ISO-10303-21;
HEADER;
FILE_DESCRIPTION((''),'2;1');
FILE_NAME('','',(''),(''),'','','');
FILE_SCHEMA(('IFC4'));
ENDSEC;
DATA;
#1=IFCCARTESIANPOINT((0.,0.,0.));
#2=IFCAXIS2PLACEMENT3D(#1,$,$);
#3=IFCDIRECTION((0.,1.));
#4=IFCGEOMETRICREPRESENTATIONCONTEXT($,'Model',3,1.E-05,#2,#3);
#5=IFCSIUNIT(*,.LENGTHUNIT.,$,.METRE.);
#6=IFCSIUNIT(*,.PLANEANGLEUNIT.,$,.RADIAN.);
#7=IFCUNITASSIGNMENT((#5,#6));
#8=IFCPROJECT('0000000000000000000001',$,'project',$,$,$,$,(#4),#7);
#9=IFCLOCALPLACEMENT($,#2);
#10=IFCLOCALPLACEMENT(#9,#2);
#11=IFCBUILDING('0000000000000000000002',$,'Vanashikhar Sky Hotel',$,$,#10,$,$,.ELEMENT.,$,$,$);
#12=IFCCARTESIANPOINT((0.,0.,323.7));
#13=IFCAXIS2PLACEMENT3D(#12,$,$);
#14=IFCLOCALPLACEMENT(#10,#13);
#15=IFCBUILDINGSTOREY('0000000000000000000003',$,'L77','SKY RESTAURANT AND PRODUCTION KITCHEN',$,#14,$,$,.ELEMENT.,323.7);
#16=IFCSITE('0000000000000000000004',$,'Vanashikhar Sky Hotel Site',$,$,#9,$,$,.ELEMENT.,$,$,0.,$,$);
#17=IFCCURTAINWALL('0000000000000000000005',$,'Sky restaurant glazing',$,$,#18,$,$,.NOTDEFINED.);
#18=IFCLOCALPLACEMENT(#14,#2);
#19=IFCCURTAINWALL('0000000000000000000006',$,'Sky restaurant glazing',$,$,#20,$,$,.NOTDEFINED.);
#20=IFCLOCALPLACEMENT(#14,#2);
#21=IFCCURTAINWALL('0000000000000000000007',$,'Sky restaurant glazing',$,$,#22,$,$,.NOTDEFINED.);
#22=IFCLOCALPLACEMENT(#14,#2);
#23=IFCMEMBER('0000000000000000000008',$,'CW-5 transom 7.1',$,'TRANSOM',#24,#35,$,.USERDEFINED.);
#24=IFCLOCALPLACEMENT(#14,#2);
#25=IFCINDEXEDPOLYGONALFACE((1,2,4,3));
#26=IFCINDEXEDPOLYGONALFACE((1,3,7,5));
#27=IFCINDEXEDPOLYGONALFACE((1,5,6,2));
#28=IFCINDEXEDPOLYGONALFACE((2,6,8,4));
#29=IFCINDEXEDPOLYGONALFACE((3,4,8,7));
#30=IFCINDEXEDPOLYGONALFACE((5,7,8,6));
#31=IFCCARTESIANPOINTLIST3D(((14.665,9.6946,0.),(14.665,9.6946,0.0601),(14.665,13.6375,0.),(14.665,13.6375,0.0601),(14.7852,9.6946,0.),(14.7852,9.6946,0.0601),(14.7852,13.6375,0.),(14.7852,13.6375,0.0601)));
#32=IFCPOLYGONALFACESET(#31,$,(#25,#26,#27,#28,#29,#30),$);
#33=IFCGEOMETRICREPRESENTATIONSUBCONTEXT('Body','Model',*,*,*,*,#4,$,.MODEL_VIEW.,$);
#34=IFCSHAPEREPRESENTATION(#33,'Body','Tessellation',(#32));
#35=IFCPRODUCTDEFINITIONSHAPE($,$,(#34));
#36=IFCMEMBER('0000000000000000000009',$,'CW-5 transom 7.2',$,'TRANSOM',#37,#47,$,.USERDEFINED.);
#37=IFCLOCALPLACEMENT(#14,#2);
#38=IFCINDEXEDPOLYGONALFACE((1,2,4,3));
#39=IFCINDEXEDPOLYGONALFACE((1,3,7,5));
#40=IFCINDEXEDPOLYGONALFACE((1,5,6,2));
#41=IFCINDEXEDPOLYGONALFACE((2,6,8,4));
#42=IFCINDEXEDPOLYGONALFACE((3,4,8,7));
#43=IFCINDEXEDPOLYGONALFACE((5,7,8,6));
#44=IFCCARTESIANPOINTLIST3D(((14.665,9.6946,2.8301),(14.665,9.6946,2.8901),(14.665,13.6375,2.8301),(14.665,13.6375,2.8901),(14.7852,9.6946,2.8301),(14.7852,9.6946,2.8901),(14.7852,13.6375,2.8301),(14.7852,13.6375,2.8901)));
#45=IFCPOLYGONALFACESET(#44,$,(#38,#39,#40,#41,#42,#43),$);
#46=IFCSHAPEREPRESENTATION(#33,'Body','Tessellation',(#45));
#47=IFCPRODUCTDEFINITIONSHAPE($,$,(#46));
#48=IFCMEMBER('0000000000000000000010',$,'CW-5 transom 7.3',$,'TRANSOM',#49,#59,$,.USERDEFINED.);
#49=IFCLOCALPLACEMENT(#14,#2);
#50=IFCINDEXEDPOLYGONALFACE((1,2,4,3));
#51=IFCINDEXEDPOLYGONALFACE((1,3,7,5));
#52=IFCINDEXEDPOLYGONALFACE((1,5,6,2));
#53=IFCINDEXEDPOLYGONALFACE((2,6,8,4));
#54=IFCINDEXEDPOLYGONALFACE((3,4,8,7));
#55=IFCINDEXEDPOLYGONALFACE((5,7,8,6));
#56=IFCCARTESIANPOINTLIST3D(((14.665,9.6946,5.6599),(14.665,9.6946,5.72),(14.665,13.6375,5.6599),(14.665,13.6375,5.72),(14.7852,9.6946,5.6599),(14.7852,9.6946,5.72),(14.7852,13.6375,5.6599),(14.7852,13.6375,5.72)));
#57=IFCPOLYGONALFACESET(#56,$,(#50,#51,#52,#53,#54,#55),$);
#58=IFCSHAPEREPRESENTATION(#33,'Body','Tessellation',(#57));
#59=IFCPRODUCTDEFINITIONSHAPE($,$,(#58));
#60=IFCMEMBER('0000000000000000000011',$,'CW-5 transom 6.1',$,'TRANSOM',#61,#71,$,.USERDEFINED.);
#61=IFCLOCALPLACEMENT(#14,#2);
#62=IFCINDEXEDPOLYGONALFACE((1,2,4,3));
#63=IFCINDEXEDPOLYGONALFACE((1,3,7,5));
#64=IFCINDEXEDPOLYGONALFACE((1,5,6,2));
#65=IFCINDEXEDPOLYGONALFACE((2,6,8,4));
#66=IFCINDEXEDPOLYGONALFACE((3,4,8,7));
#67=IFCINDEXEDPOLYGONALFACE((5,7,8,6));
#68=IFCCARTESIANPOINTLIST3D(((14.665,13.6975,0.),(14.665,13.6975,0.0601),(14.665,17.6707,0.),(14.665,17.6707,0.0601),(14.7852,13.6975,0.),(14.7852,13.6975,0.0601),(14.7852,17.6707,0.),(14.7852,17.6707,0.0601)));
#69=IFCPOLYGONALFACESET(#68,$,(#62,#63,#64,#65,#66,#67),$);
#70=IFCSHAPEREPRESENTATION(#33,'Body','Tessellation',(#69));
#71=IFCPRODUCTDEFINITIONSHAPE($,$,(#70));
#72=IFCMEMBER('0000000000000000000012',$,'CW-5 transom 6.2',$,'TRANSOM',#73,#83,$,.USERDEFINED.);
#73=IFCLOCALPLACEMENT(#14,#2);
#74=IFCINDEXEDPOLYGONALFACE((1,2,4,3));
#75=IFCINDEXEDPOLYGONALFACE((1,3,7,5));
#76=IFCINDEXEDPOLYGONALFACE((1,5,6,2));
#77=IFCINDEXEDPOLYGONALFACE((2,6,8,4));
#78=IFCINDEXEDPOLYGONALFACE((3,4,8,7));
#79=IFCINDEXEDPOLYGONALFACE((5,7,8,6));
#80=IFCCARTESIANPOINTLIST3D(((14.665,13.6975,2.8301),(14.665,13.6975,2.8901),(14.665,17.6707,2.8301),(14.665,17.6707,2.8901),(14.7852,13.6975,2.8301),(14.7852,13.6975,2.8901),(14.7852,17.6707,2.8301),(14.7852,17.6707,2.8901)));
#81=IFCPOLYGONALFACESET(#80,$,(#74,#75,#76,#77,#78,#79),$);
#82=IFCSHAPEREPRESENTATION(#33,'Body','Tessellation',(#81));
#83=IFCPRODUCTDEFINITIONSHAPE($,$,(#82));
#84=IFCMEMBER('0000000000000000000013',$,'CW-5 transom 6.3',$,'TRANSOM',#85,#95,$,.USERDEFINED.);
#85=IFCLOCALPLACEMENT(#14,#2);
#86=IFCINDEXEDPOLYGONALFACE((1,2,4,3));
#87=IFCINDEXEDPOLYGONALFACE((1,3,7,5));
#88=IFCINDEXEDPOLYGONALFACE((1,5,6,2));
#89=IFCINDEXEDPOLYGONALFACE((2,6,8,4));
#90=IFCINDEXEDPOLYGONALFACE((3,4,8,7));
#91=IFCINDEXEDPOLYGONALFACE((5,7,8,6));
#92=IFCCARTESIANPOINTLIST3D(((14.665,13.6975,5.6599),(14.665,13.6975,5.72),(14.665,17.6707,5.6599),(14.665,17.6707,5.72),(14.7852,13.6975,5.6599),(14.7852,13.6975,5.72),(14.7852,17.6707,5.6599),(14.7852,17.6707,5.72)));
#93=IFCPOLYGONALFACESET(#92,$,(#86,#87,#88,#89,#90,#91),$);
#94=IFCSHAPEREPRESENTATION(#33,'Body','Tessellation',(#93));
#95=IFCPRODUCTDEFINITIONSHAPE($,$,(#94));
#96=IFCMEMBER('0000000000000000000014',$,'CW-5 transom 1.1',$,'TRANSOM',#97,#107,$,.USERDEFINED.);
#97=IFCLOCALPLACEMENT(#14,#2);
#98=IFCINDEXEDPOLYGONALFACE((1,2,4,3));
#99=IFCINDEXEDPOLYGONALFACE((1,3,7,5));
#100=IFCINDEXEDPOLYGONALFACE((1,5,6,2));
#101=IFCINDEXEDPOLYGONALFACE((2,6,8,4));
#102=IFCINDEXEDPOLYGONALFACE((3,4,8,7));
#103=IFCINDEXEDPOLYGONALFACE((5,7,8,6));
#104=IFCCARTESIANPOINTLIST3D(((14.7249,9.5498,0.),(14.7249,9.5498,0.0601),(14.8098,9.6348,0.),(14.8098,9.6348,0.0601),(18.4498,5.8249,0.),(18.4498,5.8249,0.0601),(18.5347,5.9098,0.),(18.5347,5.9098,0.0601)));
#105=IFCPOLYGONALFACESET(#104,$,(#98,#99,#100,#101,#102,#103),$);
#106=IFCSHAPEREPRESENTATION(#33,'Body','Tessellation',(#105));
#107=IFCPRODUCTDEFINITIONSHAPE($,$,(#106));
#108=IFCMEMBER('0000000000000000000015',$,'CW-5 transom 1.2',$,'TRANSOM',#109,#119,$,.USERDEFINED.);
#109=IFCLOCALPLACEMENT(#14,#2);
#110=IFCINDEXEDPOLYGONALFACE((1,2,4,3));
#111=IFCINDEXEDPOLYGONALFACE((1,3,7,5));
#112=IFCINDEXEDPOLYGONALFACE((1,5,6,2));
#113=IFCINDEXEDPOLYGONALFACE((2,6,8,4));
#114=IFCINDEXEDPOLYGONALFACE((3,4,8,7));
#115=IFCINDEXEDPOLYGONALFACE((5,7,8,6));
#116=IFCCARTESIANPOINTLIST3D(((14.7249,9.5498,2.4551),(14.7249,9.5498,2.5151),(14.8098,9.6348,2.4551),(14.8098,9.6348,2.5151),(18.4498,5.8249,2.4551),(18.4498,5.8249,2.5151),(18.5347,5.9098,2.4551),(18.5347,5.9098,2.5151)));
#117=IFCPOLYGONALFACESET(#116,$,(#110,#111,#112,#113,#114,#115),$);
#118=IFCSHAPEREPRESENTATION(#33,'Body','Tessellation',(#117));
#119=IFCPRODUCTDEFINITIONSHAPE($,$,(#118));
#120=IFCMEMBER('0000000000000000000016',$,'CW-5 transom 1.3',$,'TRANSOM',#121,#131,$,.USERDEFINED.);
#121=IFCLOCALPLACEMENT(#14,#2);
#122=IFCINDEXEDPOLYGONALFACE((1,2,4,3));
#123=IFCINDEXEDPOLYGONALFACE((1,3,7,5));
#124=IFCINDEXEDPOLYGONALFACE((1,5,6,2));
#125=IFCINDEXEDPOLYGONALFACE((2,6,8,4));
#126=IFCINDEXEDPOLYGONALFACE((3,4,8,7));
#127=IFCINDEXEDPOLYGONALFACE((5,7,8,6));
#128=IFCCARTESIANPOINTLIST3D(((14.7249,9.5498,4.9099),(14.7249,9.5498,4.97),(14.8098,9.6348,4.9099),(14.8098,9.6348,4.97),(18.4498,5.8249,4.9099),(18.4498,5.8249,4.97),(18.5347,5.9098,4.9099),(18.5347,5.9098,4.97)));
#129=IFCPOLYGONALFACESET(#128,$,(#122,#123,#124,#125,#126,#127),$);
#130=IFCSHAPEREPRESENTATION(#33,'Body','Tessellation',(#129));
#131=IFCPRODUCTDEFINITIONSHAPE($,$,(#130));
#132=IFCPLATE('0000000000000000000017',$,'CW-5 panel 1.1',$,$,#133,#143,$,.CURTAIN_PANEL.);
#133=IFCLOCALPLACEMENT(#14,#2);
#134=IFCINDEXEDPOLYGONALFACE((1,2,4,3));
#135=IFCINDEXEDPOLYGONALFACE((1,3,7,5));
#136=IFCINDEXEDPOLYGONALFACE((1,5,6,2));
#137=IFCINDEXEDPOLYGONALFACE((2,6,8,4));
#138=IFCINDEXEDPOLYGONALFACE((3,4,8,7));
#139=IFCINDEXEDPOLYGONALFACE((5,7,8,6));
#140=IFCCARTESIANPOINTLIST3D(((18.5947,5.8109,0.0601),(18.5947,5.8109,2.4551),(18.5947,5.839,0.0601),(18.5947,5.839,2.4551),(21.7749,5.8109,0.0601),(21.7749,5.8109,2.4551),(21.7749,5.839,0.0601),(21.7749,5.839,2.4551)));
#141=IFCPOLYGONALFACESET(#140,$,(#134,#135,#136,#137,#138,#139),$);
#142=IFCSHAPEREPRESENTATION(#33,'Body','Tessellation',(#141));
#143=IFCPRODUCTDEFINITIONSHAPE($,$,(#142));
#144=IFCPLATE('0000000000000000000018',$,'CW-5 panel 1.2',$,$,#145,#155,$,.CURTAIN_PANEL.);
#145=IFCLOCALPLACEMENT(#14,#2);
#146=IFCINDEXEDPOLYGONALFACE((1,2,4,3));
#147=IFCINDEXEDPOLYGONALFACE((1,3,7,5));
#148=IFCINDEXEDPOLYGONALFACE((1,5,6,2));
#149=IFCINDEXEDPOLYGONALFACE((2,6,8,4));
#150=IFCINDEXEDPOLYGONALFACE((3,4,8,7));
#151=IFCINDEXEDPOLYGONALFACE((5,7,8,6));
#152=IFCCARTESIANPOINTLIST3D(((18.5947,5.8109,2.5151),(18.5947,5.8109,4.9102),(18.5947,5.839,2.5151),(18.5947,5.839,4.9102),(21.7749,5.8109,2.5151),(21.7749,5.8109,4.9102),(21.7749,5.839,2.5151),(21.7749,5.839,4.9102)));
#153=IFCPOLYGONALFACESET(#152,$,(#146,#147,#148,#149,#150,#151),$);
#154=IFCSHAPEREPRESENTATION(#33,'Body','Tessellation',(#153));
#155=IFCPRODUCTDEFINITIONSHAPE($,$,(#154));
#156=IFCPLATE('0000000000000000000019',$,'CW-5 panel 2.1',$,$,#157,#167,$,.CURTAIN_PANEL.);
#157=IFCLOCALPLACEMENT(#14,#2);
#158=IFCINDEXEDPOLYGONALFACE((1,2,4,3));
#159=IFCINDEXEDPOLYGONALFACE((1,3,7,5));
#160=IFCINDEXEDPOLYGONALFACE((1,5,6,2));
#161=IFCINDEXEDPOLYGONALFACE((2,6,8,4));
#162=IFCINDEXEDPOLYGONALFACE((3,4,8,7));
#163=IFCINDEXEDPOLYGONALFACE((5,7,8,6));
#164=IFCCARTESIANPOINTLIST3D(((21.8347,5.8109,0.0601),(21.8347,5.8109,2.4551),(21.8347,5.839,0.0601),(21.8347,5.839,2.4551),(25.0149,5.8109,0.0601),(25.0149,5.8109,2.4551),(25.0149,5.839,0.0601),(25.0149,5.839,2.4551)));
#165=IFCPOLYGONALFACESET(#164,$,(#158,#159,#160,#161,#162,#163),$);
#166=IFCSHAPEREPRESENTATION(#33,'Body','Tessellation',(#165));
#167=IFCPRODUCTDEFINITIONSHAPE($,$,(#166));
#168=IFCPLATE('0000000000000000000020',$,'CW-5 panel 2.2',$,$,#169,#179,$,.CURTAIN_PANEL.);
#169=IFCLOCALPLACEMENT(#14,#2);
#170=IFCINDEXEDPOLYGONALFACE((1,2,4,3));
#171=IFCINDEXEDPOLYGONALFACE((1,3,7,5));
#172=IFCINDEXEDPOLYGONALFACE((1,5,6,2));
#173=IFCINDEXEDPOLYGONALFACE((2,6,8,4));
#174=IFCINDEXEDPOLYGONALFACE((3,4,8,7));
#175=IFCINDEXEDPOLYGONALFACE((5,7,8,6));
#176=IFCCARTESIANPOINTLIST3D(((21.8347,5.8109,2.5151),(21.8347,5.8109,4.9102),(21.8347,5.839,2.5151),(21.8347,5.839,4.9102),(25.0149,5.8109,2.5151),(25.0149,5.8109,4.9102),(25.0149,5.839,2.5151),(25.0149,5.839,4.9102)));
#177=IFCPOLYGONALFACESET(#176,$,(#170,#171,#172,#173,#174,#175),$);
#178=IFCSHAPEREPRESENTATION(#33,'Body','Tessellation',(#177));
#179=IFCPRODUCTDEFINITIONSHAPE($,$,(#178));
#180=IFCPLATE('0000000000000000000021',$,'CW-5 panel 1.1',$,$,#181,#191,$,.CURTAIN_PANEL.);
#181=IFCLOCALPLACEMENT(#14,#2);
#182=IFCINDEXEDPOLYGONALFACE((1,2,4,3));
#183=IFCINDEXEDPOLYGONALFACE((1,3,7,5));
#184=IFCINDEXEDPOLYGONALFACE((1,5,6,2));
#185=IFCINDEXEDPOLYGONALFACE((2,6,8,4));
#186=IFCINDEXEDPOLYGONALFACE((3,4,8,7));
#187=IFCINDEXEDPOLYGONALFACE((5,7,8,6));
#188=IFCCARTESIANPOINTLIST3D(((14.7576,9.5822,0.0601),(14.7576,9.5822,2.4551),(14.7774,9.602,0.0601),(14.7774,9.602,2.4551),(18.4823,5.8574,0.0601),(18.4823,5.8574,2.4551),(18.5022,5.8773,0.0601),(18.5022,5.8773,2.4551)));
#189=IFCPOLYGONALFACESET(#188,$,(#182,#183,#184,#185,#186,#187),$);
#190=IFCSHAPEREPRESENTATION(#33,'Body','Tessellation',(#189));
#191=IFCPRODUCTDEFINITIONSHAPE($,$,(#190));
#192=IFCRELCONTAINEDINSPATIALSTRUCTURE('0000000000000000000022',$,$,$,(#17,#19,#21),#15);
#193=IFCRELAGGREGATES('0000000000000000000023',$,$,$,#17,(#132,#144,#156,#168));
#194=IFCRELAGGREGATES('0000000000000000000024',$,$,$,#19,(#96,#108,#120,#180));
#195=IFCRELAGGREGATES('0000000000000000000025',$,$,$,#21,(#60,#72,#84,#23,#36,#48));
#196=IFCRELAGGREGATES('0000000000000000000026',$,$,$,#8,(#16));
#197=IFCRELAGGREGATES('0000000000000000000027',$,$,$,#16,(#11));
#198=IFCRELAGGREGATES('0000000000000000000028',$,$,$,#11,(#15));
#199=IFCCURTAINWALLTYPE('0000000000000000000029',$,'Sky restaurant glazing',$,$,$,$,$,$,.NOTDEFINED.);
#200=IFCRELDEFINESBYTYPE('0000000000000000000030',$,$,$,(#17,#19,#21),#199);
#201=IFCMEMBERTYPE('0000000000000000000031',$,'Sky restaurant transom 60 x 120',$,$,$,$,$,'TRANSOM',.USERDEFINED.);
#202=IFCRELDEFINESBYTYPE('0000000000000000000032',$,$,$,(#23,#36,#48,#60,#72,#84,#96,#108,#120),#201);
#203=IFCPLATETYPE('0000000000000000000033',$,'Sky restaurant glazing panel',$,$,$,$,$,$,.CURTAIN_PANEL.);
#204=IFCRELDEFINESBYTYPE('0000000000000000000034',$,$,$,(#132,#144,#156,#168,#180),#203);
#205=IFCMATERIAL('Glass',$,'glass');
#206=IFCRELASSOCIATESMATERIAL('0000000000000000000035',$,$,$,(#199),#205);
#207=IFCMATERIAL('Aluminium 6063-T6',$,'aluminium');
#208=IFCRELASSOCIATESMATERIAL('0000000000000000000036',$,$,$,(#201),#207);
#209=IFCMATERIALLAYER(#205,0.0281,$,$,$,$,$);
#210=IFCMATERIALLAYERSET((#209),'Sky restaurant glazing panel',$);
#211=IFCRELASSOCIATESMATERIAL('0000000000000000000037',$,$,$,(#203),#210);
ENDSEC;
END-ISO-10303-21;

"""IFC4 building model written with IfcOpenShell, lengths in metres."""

from ifc_helpers import new_model, si_unit, direction, frame, origin, origin_2d, place, context, subcontext, project, spatial, rectangle, extrude, source, transform, mapped, material, layer, layer_set, material_profile, profile_set, type_object, element, aggregate, save


model = new_model("IFC4")

# Units and contexts
model_context = context("Model", 3, precision=1e-05, world=origin(), true_north=direction((0.0, 1.0)))
body_context = subcontext(model_context, "Body", "Model", "MODEL_VIEW")
ifc_project = project(units=[si_unit("LENGTHUNIT", "METRE"), si_unit("PLANEANGLEUNIT", "RADIAN")], contexts=[model_context])

# Site, building, storey
site_placement = place(None, origin())
site = spatial("IfcSite", under=ifc_project, at=site_placement, Name="Vanashikhar Sky Hotel Site", CompositionType="ELEMENT", RefElevation=0.0)
building_placement = place(site_placement, origin())
building = spatial("IfcBuilding", under=site, at=building_placement, Name="Vanashikhar Sky Hotel", CompositionType="ELEMENT")
storey_placement = place(building_placement, frame((0.0, 0.0, 323.7)))
storey = spatial("IfcBuildingStorey", under=building, at=storey_placement, Name="L77", Description="SKY RESTAURANT AND PRODUCTION KITCHEN", CompositionType="ELEMENT", Elevation=323.7)

# Curtain walls
ifc_material_1 = material(Name="Glass", Category="glass")
curtain_wall_type = type_object("IfcCurtainWallType", Name="Sky restaurant glazing", PredefinedType="NOTDEFINED", material=ifc_material_1)
curtain_wall_1_placement = place(storey_placement, origin())
curtain_wall_1 = element("IfcCurtainWall", 1, at=curtain_wall_1_placement, inside=storey, type_object=curtain_wall_type, Name="Sky restaurant glazing", PredefinedType="NOTDEFINED")
ifc_material_2 = material(Name="Aluminium 6063-T6", Category="aluminium")
curtain_wall_2_placement = place(storey_placement, origin())
curtain_wall_2 = element("IfcCurtainWall", 2, at=curtain_wall_2_placement, inside=storey, type_object=curtain_wall_type, Name="Sky restaurant glazing", PredefinedType="NOTDEFINED")

# Shared definitions
ifc_material_profile_1 = material_profile(ifc_material_2, rectangle(XDim=0.1201, YDim=0.0601, at=origin_2d()))
ifc_profile_set_1 = profile_set([ifc_material_profile_1], Name="Aluminium 6063-T6")
member_type_1 = type_object("IfcMemberType", Name="Sky restaurant transom 60 x 120", ElementType="TRANSOM", PredefinedType="USERDEFINED", material=ifc_profile_set_1)

# Curtain wall, members
curtain_wall_3_placement = place(storey_placement, origin())
curtain_wall_3 = element("IfcCurtainWall", 3, at=curtain_wall_3_placement, inside=storey, type_object=curtain_wall_type, Name="Sky restaurant glazing", PredefinedType="NOTDEFINED")
shared_shape_1 = source(origin(), body_context, "Body", "SweptSolid", [
    extrude(rectangle(XDim=0.1201, YDim=0.0601, at=origin_2d()), origin(), (0.0, 0.0, 1.0), 3.9429),
])
member_1_placement = place(storey_placement, frame((14.7251, 13.6375, 0.03), z_axis=(0.0, -1.0, 0.0), x_axis=(1.0, 0.0, 0.0)))
member_1 = element("IfcMember", 4, at=member_1_placement, type_object=member_type_1, Name="CW-5 transom 7.1", ObjectType="TRANSOM", PredefinedType="USERDEFINED", context=body_context, shape_type="MappedRepresentation", body=[
    mapped(shared_shape_1, transform((0.0, 0.0, 0.0), scale=1.0)),
])
member_2_placement = place(storey_placement, frame((14.7251, 13.6375, 2.8601), z_axis=(0.0, -1.0, 0.0), x_axis=(1.0, 0.0, 0.0)))
member_2 = element("IfcMember", 5, at=member_2_placement, type_object=member_type_1, Name="CW-5 transom 7.2", ObjectType="TRANSOM", PredefinedType="USERDEFINED", context=body_context, shape_type="MappedRepresentation", body=[
    mapped(shared_shape_1, transform((0.0, 0.0, 0.0), scale=1.0)),
])
member_3_placement = place(storey_placement, frame((14.7251, 13.6375, 5.6899), z_axis=(0.0, -1.0, 0.0), x_axis=(1.0, 0.0, 0.0)))
member_3 = element("IfcMember", 6, at=member_3_placement, type_object=member_type_1, Name="CW-5 transom 7.3", ObjectType="TRANSOM", PredefinedType="USERDEFINED", context=body_context, shape_type="MappedRepresentation", body=[
    mapped(shared_shape_1, transform((0.0, 0.0, 0.0), scale=1.0)),
])
shared_shape_2 = source(origin(), body_context, "Body", "SweptSolid", [
    extrude(rectangle(XDim=0.1201, YDim=0.0601, at=origin_2d()), origin(), (0.0, 0.0, 1.0), 3.9731),
])
member_4_placement = place(storey_placement, frame((14.7251, 17.6707, 0.03), z_axis=(0.0, -1.0, 0.0), x_axis=(1.0, 0.0, 0.0)))
member_4 = element("IfcMember", 7, at=member_4_placement, type_object=member_type_1, Name="CW-5 transom 6.1", ObjectType="TRANSOM", PredefinedType="USERDEFINED", context=body_context, shape_type="MappedRepresentation", body=[
    mapped(shared_shape_2, transform((0.0, 0.0, 0.0), scale=1.0)),
])
member_5_placement = place(storey_placement, frame((14.7251, 17.6707, 2.8601), z_axis=(0.0, -1.0, 0.0), x_axis=(1.0, 0.0, 0.0)))
member_5 = element("IfcMember", 8, at=member_5_placement, type_object=member_type_1, Name="CW-5 transom 6.2", ObjectType="TRANSOM", PredefinedType="USERDEFINED", context=body_context, shape_type="MappedRepresentation", body=[
    mapped(shared_shape_2, transform((0.0, 0.0, 0.0), scale=1.0)),
])
member_6_placement = place(storey_placement, frame((14.7251, 17.6707, 5.6899), z_axis=(0.0, -1.0, 0.0), x_axis=(1.0, 0.0, 0.0)))
member_6 = element("IfcMember", 9, at=member_6_placement, type_object=member_type_1, Name="CW-5 transom 6.3", ObjectType="TRANSOM", PredefinedType="USERDEFINED", context=body_context, shape_type="MappedRepresentation", body=[
    mapped(shared_shape_2, transform((0.0, 0.0, 0.0), scale=1.0)),
])

# Members
shared_shape_3 = source(origin(), body_context, "Body", "SweptSolid", [
    extrude(rectangle(XDim=0.1201, YDim=0.0601, at=origin_2d()), origin(), (0.0, 0.0, 1.0), 5.2678),
])
member_7_placement = place(storey_placement, frame((14.7673, 9.5923, 0.03), z_axis=(0.707107, -0.707107, 0.0), x_axis=(0.707107, 0.707107, 0.0)))
member_7 = element("IfcMember", 10, at=member_7_placement, type_object=member_type_1, Name="CW-5 transom 1.1", ObjectType="TRANSOM", PredefinedType="USERDEFINED", context=body_context, shape_type="MappedRepresentation", body=[
    mapped(shared_shape_3, transform((0.0, 0.0, 0.0), scale=1.0)),
])
member_8_placement = place(storey_placement, frame((14.7673, 9.5923, 2.4851), z_axis=(0.707107, -0.707107, 0.0), x_axis=(0.707107, 0.707107, 0.0)))
member_8 = element("IfcMember", 11, at=member_8_placement, type_object=member_type_1, Name="CW-5 transom 1.2", ObjectType="TRANSOM", PredefinedType="USERDEFINED", context=body_context, shape_type="MappedRepresentation", body=[
    mapped(shared_shape_3, transform((0.0, 0.0, 0.0), scale=1.0)),
])
member_9_placement = place(storey_placement, frame((14.7673, 9.5923, 4.9399), z_axis=(0.707107, -0.707107, 0.0), x_axis=(0.707107, 0.707107, 0.0)))
member_9 = element("IfcMember", 12, at=member_9_placement, type_object=member_type_1, Name="CW-5 transom 1.3", ObjectType="TRANSOM", PredefinedType="USERDEFINED", context=body_context, shape_type="MappedRepresentation", body=[
    mapped(shared_shape_3, transform((0.0, 0.0, 0.0), scale=1.0)),
])

# Plates
ifc_layer_1 = layer(ifc_material_1, 0.0281)
ifc_layer_set_1 = layer_set([ifc_layer_1], Name="Sky restaurant glazing panel")
plate_type = type_object("IfcPlateType", Name="Sky restaurant glazing panel", PredefinedType="CURTAIN_PANEL", material=ifc_layer_set_1)
shared_shape_4 = source(origin(), body_context, "Body", "SweptSolid", [
    extrude(rectangle(XDim=3.1802, YDim=0.0281, at=origin_2d()), origin(), (0.0, 0.0, 1.0), 2.395),
])
plate_1_placement = place(storey_placement, frame((20.1848, 5.825, 0.0601), z_axis=(0.0, 0.0, 1.0), x_axis=(1.0, 0.0, 0.0)))
plate_1 = element("IfcPlate", 13, at=plate_1_placement, type_object=plate_type, Name="CW-5 panel 1.1", PredefinedType="CURTAIN_PANEL", context=body_context, shape_type="MappedRepresentation", body=[
    mapped(shared_shape_4, transform((0.0, 0.0, 0.0), scale=1.0)),
])
plate_2_placement = place(storey_placement, frame((20.1848, 5.825, 2.5151), z_axis=(0.0, 0.0, 1.0), x_axis=(1.0, 0.0, 0.0)))
plate_2 = element("IfcPlate", 14, at=plate_2_placement, type_object=plate_type, Name="CW-5 panel 1.2", PredefinedType="CURTAIN_PANEL", context=body_context, shape_type="MappedRepresentation", body=[
    mapped(shared_shape_4, transform((0.0, 0.0, 0.0), scale=1.0)),
])
plate_3_placement = place(storey_placement, frame((23.4248, 5.825, 0.0601), z_axis=(0.0, 0.0, 1.0), x_axis=(1.0, 0.0, 0.0)))
plate_3 = element("IfcPlate", 15, at=plate_3_placement, type_object=plate_type, Name="CW-5 panel 2.1", PredefinedType="CURTAIN_PANEL", context=body_context, shape_type="MappedRepresentation", body=[
    mapped(shared_shape_4, transform((0.0, 0.0, 0.0), scale=1.0)),
])
plate_4_placement = place(storey_placement, frame((23.4248, 5.825, 2.5151), z_axis=(0.0, 0.0, 1.0), x_axis=(1.0, 0.0, 0.0)))
plate_4 = element("IfcPlate", 16, at=plate_4_placement, type_object=plate_type, Name="CW-5 panel 2.2", PredefinedType="CURTAIN_PANEL", context=body_context, shape_type="MappedRepresentation", body=[
    mapped(shared_shape_4, transform((0.0, 0.0, 0.0), scale=1.0)),
])
aggregate(curtain_wall_1, [plate_1, plate_2, plate_3, plate_4])
shared_shape_5 = source(origin(), body_context, "Body", "SweptSolid", [
    extrude(rectangle(XDim=5.2676, YDim=0.0281, at=origin_2d()), origin(), (0.0, 0.0, 1.0), 2.395),
])
plate_5_placement = place(storey_placement, frame((16.6299, 7.7297, 0.0601), z_axis=(0.0, 0.0, 1.0), x_axis=(0.707107, -0.707107, 0.0)))
plate_5 = element("IfcPlate", 17, at=plate_5_placement, type_object=plate_type, Name="CW-5 panel 1.1", PredefinedType="CURTAIN_PANEL", context=body_context, shape_type="MappedRepresentation", body=[
    mapped(shared_shape_5, transform((0.0, 0.0, 0.0), scale=1.0)),
])
aggregate(curtain_wall_2, [member_7, member_8, member_9, plate_5])
aggregate(curtain_wall_3, [member_4, member_5, member_6, member_1, member_2, member_3])

save(model, "model.ifc")
